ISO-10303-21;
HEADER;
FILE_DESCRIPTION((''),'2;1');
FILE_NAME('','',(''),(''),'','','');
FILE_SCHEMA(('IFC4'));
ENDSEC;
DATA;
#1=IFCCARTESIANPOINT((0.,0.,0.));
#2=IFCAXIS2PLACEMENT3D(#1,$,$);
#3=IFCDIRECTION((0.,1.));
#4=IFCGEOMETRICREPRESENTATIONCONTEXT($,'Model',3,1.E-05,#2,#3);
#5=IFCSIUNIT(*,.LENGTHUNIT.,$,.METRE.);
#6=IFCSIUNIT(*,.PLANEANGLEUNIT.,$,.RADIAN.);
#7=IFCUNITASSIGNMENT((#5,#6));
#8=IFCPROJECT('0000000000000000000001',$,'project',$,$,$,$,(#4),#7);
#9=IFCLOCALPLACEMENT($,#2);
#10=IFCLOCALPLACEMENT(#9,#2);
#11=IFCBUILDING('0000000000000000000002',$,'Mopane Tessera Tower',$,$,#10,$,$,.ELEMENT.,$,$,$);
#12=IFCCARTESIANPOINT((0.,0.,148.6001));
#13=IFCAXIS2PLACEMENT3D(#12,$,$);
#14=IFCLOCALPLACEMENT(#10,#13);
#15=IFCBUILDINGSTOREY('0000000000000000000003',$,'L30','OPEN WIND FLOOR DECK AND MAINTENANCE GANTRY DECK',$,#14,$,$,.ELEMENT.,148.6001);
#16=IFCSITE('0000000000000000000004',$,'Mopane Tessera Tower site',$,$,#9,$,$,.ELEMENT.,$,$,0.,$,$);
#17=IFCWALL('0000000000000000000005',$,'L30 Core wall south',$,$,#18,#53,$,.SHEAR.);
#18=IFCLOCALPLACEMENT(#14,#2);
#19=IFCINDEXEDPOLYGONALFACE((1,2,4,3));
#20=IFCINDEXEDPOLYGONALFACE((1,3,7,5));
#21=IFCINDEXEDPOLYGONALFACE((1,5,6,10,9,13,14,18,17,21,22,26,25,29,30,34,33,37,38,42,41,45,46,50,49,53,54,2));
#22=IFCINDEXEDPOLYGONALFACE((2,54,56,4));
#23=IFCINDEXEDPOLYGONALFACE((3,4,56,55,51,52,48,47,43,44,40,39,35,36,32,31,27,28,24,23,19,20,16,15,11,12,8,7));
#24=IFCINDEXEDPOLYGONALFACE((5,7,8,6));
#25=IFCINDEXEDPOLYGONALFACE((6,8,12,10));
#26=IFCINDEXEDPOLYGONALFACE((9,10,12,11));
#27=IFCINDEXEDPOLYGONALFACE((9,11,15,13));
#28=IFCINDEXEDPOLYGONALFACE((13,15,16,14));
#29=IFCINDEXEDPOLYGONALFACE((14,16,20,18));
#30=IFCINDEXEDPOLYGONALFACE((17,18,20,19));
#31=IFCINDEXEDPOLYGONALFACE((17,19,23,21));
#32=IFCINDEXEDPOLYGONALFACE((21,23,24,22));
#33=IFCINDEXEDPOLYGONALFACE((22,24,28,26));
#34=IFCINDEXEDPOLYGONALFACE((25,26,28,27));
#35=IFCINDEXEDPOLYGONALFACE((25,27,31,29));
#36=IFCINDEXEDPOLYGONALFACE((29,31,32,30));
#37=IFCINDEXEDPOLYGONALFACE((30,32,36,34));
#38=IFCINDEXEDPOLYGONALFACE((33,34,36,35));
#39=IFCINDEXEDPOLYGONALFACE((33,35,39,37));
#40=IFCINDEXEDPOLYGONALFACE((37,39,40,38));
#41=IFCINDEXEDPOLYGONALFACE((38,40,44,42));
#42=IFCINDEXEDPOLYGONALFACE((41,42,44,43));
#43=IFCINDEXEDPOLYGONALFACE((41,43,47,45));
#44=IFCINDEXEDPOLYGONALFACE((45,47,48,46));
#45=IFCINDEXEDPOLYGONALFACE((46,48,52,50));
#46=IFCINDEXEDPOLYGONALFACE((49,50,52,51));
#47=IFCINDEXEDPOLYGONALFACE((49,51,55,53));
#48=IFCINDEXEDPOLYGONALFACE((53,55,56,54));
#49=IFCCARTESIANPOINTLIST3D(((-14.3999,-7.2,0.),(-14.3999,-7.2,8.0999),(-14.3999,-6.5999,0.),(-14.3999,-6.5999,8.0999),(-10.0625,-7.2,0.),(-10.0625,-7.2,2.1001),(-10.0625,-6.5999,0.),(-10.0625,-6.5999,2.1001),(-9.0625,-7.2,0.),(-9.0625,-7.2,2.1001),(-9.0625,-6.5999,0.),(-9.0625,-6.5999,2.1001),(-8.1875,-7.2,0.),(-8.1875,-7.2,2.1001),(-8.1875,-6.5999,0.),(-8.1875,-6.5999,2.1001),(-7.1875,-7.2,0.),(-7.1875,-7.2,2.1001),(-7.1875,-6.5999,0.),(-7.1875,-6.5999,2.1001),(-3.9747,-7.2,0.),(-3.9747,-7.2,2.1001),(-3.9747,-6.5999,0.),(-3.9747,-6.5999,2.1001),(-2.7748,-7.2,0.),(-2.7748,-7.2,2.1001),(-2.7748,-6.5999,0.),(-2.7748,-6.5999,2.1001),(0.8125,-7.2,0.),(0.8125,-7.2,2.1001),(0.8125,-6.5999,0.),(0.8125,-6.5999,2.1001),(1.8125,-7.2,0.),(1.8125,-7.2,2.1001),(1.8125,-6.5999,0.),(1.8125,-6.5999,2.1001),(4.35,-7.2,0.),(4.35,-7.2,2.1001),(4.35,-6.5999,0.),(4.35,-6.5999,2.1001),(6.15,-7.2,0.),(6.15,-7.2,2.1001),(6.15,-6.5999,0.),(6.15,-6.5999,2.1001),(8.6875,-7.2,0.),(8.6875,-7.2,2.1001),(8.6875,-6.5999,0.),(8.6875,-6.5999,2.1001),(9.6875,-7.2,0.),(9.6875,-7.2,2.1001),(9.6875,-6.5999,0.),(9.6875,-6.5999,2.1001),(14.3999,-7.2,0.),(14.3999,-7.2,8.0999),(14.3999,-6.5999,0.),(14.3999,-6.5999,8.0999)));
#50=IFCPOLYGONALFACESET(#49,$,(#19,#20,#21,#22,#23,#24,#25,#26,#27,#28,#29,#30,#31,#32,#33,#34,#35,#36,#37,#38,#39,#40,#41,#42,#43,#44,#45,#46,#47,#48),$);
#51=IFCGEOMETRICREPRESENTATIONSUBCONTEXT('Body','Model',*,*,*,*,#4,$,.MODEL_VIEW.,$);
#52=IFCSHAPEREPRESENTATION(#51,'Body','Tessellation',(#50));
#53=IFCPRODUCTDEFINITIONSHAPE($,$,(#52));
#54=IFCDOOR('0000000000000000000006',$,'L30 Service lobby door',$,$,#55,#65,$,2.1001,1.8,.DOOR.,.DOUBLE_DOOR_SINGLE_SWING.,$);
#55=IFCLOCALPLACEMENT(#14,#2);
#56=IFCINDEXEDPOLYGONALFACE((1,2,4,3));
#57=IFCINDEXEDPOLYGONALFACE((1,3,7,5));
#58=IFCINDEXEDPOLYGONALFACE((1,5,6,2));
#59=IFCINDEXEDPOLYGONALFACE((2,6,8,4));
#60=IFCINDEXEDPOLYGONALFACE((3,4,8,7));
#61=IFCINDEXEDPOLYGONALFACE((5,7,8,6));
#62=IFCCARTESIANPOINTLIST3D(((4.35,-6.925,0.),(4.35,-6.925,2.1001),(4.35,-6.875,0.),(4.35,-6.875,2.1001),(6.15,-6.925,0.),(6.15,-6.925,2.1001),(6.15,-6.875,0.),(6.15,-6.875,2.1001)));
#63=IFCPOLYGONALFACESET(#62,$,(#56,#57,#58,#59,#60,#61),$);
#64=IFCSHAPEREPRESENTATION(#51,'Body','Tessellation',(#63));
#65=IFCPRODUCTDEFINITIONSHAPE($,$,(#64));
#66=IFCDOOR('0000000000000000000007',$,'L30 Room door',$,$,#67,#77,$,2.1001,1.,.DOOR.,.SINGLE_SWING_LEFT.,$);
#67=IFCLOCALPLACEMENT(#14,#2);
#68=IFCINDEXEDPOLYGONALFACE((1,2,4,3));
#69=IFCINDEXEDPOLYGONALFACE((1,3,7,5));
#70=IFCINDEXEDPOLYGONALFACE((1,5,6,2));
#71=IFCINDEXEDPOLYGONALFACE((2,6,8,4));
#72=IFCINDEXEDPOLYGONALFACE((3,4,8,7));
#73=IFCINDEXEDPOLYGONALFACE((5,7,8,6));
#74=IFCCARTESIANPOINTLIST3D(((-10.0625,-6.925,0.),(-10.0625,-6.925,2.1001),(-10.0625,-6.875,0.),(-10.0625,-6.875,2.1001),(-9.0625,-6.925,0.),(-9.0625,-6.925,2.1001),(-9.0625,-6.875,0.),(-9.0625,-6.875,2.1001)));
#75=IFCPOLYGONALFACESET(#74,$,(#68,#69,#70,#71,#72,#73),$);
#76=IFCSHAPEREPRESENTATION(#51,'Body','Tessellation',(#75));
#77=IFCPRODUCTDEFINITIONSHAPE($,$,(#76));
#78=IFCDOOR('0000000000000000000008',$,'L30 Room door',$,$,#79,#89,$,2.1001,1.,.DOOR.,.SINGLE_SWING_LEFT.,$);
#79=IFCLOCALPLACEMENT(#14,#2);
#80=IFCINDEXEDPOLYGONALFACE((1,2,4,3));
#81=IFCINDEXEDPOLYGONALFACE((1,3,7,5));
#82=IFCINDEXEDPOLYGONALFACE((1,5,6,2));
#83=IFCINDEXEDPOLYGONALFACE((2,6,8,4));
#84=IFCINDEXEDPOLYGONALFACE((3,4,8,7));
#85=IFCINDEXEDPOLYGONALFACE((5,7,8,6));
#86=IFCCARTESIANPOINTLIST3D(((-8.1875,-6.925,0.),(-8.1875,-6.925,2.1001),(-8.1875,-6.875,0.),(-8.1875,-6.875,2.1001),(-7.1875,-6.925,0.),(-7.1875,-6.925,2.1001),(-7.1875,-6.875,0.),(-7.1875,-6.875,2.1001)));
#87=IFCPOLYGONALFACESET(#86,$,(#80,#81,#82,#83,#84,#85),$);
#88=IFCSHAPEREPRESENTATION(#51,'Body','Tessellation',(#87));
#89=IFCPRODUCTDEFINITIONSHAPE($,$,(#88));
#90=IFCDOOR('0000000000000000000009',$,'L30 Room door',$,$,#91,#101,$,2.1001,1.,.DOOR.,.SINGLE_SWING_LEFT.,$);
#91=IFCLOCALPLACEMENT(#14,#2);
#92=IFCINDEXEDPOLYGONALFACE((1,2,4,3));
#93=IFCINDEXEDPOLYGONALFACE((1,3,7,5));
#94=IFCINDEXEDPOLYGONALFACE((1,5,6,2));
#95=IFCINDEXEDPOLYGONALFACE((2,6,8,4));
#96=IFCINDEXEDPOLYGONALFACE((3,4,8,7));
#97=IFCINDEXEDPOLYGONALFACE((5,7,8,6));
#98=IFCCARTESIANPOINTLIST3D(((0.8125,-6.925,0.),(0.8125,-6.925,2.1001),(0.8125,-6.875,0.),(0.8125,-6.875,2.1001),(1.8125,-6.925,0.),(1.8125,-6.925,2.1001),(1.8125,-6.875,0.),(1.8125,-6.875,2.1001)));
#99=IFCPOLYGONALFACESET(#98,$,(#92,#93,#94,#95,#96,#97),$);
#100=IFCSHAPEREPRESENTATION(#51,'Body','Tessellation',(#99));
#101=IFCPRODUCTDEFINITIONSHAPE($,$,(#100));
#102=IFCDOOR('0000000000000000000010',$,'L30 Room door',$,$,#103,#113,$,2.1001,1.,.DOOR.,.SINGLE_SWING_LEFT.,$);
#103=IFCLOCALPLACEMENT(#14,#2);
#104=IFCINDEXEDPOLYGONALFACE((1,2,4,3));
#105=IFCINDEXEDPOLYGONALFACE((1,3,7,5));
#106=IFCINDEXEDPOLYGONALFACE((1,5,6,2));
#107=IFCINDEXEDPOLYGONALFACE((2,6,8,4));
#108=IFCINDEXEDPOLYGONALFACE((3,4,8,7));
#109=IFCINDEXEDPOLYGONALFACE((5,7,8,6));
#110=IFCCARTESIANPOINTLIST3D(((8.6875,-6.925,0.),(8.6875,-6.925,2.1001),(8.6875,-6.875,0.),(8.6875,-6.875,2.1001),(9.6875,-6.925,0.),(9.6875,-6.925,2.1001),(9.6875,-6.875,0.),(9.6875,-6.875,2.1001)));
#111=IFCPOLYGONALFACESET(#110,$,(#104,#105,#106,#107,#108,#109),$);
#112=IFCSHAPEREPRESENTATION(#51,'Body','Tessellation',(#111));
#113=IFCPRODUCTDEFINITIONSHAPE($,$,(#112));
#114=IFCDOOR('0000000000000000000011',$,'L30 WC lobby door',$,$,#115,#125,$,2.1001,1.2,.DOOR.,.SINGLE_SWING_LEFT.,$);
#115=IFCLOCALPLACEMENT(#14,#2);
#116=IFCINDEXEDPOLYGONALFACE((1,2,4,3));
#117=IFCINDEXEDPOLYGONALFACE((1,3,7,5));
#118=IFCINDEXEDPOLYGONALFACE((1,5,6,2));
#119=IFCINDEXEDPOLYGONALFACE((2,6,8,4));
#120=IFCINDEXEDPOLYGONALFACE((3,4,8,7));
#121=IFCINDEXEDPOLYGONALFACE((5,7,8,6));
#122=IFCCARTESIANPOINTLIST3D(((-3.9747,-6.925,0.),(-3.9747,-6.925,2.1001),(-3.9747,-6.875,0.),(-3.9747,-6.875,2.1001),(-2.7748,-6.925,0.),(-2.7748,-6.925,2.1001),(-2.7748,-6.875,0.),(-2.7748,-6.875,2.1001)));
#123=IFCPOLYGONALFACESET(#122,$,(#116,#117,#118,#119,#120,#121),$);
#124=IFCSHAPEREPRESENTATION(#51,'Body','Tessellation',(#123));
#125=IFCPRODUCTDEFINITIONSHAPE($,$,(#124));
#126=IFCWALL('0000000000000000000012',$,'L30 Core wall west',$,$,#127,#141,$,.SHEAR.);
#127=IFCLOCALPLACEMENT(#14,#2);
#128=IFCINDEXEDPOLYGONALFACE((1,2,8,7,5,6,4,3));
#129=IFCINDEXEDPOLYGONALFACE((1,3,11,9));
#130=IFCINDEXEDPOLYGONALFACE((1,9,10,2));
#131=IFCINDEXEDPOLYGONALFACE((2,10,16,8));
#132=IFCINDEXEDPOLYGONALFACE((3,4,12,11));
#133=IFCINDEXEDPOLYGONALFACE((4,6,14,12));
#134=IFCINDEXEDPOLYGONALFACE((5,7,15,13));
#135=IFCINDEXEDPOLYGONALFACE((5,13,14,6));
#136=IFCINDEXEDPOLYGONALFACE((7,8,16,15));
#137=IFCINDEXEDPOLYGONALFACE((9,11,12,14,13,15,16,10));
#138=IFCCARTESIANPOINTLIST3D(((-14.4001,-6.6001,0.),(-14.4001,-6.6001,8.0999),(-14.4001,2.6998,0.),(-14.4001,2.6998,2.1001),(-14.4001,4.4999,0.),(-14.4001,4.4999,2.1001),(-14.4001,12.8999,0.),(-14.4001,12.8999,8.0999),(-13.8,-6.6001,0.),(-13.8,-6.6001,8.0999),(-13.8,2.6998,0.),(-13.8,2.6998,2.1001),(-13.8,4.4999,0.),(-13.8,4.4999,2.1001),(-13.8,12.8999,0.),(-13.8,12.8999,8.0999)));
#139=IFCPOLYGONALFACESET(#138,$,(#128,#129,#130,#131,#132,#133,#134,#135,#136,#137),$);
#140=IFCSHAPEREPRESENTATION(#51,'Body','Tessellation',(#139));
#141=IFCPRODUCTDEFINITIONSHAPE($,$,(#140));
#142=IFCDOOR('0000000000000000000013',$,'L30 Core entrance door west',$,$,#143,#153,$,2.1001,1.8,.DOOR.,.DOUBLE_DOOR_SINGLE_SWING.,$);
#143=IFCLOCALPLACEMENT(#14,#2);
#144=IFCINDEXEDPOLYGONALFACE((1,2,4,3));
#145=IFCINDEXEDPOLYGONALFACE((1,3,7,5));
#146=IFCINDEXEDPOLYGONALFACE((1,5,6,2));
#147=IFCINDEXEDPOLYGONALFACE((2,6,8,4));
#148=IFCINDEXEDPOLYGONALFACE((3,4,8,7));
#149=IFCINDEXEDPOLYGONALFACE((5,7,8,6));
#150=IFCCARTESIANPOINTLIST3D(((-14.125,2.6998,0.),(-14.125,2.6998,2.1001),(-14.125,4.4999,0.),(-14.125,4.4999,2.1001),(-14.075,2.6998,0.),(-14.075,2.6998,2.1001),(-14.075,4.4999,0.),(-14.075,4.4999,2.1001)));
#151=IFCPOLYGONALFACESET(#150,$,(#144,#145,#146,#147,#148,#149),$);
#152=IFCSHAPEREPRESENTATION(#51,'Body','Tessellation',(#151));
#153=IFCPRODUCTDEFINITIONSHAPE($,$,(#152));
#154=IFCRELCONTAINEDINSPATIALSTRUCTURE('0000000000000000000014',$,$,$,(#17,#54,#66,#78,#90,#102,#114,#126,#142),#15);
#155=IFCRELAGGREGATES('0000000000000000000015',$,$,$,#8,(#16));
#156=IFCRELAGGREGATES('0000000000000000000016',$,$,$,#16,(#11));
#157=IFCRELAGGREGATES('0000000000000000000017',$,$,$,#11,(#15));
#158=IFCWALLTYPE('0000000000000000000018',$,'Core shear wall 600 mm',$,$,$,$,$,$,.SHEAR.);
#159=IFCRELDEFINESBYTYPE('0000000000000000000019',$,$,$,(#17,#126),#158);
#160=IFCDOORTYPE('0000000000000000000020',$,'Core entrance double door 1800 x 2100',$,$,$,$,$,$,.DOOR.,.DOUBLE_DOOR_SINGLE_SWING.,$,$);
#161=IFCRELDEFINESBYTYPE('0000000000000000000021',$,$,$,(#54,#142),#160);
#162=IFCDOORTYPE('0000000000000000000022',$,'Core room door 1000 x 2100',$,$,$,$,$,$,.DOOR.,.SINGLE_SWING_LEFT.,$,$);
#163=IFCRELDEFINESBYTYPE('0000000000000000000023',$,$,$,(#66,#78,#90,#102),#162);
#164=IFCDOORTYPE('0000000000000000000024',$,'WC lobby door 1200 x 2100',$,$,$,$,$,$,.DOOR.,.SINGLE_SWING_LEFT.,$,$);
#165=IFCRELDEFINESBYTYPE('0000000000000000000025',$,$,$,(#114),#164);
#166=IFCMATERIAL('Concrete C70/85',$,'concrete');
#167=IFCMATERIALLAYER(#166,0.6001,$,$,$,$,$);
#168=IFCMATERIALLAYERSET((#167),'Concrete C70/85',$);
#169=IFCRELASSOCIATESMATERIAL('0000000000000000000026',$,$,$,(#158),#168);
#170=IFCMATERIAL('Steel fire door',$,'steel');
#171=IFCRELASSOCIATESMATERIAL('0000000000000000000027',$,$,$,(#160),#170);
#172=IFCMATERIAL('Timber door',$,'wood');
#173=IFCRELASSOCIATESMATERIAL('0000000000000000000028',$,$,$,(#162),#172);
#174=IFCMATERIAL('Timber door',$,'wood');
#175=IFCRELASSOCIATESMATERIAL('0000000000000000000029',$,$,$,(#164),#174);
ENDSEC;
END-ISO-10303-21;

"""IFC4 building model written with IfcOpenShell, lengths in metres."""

from ifc_helpers import new_model, si_unit, direction, frame, frame_2d, origin, place, context, subcontext, project, spatial, rectangle, extrude, material, layer, layer_set, type_object, element, fill, save


model = new_model("IFC4")

# Units and contexts
model_context = context("Model", 3, precision=1e-05, world=origin(), true_north=direction((0.0, 1.0)))
body_context = subcontext(model_context, "Body", "Model", "MODEL_VIEW")
ifc_project = project(units=[si_unit("LENGTHUNIT", "METRE"), si_unit("PLANEANGLEUNIT", "RADIAN")], contexts=[model_context])

# Site, building, storey
site_placement = place(None, origin())
site = spatial("IfcSite", under=ifc_project, at=site_placement, Name="Mopane Tessera Tower site", CompositionType="ELEMENT", RefElevation=0.0)
building_placement = place(site_placement, origin())
building = spatial("IfcBuilding", under=site, at=building_placement, Name="Mopane Tessera Tower", CompositionType="ELEMENT")
storey_placement = place(building_placement, frame((0.0, 0.0, 148.6001)))
storey = spatial("IfcBuildingStorey", under=building, at=storey_placement, Name="L30", Description="OPEN WIND FLOOR DECK AND MAINTENANCE GANTRY DECK", CompositionType="ELEMENT", Elevation=148.6001)

# Wall, openings, doors
ifc_material_1 = material(Name="Concrete C70/85", Category="concrete")
ifc_layer_1 = layer(ifc_material_1, 0.6001)
ifc_layer_set_1 = layer_set([ifc_layer_1], Name="Concrete C70/85")
wall_type = type_object("IfcWallType", Name="Core shear wall 600 mm", PredefinedType="SHEAR", material=ifc_layer_set_1)
wall_1_placement = place(storey_placement, frame((-14.3999, -6.8999, 0.0), z_axis=(0.0, 0.0, 1.0), x_axis=(1.0, 0.0, 0.0)))
wall_1 = element("IfcWall", 1, at=wall_1_placement, inside=storey, type_object=wall_type, Name="L30 Core wall south", PredefinedType="SHEAR", context=body_context, shape_type="SweptSolid", body=[
    extrude(rectangle(XDim=28.7998, YDim=0.6001, at=frame_2d((14.3999, 0.0))), origin(), (0.0, 0.0, 1.0), 8.0999),
])
opening_1_placement = place(wall_1_placement, frame((4.3374, 0.0, 0.0)))
opening_1 = element("IfcOpeningElement", 2, at=opening_1_placement, cuts=wall_1, PredefinedType="OPENING", context=body_context, shape_type="SweptSolid", body=[
    extrude(rectangle(XDim=1.0, YDim=2.1001, at=frame_2d((0.5, 1.05))), frame((0.0, 0.312, 0.0), z_axis=(0.0, -1.0, 0.0), x_axis=(1.0, 0.0, 0.0)), (0.0, 0.0, 1.0), 0.624),
])
opening_2_placement = place(wall_1_placement, frame((6.2124, 0.0, 0.0)))
opening_2 = element("IfcOpeningElement", 3, at=opening_2_placement, cuts=wall_1, PredefinedType="OPENING", context=body_context, shape_type="SweptSolid", body=[
    extrude(rectangle(XDim=1.0, YDim=2.1001, at=frame_2d((0.5, 1.05))), frame((0.0, 0.312, 0.0), z_axis=(0.0, -1.0, 0.0), x_axis=(1.0, 0.0, 0.0)), (0.0, 0.0, 1.0), 0.624),
])
opening_3_placement = place(wall_1_placement, frame((10.425, 0.0, 0.0)))
opening_3 = element("IfcOpeningElement", 4, at=opening_3_placement, cuts=wall_1, PredefinedType="OPENING", context=body_context, shape_type="SweptSolid", body=[
    extrude(rectangle(XDim=1.2, YDim=2.1001, at=frame_2d((0.6001, 1.05))), frame((0.0, 0.312, 0.0), z_axis=(0.0, -1.0, 0.0), x_axis=(1.0, 0.0, 0.0)), (0.0, 0.0, 1.0), 0.624),
])
opening_4_placement = place(wall_1_placement, frame((15.2124, 0.0, 0.0)))
opening_4 = element("IfcOpeningElement", 5, at=opening_4_placement, cuts=wall_1, PredefinedType="OPENING", context=body_context, shape_type="SweptSolid", body=[
    extrude(rectangle(XDim=1.0, YDim=2.1001, at=frame_2d((0.5, 1.05))), frame((0.0, 0.312, 0.0), z_axis=(0.0, -1.0, 0.0), x_axis=(1.0, 0.0, 0.0)), (0.0, 0.0, 1.0), 0.624),
])
opening_5_placement = place(wall_1_placement, frame((18.75, 0.0, 0.0)))
opening_5 = element("IfcOpeningElement", 6, at=opening_5_placement, cuts=wall_1, PredefinedType="OPENING", context=body_context, shape_type="SweptSolid", body=[
    extrude(rectangle(XDim=1.8, YDim=2.1001, at=frame_2d((0.8999, 1.05))), frame((0.0, 0.312, 0.0), z_axis=(0.0, -1.0, 0.0), x_axis=(1.0, 0.0, 0.0)), (0.0, 0.0, 1.0), 0.624),
])
opening_6_placement = place(wall_1_placement, frame((23.0874, 0.0, 0.0)))
opening_6 = element("IfcOpeningElement", 7, at=opening_6_placement, cuts=wall_1, PredefinedType="OPENING", context=body_context, shape_type="SweptSolid", body=[
    extrude(rectangle(XDim=1.0, YDim=2.1001, at=frame_2d((0.5, 1.05))), frame((0.0, 0.312, 0.0), z_axis=(0.0, -1.0, 0.0), x_axis=(1.0, 0.0, 0.0)), (0.0, 0.0, 1.0), 0.624),
])
ifc_material_2 = material(Name="Steel fire door", Category="steel")
door_type_1 = type_object("IfcDoorType", Name="Core entrance double door 1800 x 2100", OperationType="DOUBLE_DOOR_SINGLE_SWING", PredefinedType="DOOR", material=ifc_material_2)
door_1_placement = place(opening_5_placement, origin())
door_1 = element("IfcDoor", 8, at=door_1_placement, inside=storey, type_object=door_type_1, Name="L30 Service lobby door", OperationType="DOUBLE_DOOR_SINGLE_SWING", OverallHeight=2.1001, OverallWidth=1.8, PredefinedType="DOOR", context=body_context, shape_type="SweptSolid", body=[
    extrude(rectangle(XDim=1.8, YDim=2.1001, at=frame_2d((0.8999, 1.05))), frame((0.0, 0.0249, 0.0), z_axis=(0.0, -1.0, 0.0), x_axis=(1.0, 0.0, 0.0)), (0.0, 0.0, 1.0), 0.05),
])
fill(opening_5, door_1)
ifc_material_3 = material(Name="Timber door", Category="wood")
door_type_2 = type_object("IfcDoorType", Name="Core room door 1000 x 2100", OperationType="SINGLE_SWING_LEFT", PredefinedType="DOOR", material=ifc_material_3)
door_2_placement = place(opening_1_placement, origin())
door_2 = element("IfcDoor", 9, at=door_2_placement, inside=storey, type_object=door_type_2, Name="L30 Room door", OperationType="SINGLE_SWING_LEFT", OverallHeight=2.1001, OverallWidth=1.0, PredefinedType="DOOR", context=body_context, shape_type="SweptSolid", body=[
    extrude(rectangle(XDim=1.0, YDim=2.1001, at=frame_2d((0.5, 1.05))), frame((0.0, 0.0249, 0.0), z_axis=(0.0, -1.0, 0.0), x_axis=(1.0, 0.0, 0.0)), (0.0, 0.0, 1.0), 0.05),
])
fill(opening_1, door_2)
door_3_placement = place(opening_2_placement, origin())
door_3 = element("IfcDoor", 10, at=door_3_placement, inside=storey, type_object=door_type_2, Name="L30 Room door", OperationType="SINGLE_SWING_LEFT", OverallHeight=2.1001, OverallWidth=1.0, PredefinedType="DOOR", context=body_context, shape_type="SweptSolid", body=[
    extrude(rectangle(XDim=1.0, YDim=2.1001, at=frame_2d((0.5, 1.05))), frame((0.0, 0.0249, 0.0), z_axis=(0.0, -1.0, 0.0), x_axis=(1.0, 0.0, 0.0)), (0.0, 0.0, 1.0), 0.05),
])
fill(opening_2, door_3)
door_4_placement = place(opening_4_placement, origin())
door_4 = element("IfcDoor", 11, at=door_4_placement, inside=storey, type_object=door_type_2, Name="L30 Room door", OperationType="SINGLE_SWING_LEFT", OverallHeight=2.1001, OverallWidth=1.0, PredefinedType="DOOR", context=body_context, shape_type="SweptSolid", body=[
    extrude(rectangle(XDim=1.0, YDim=2.1001, at=frame_2d((0.5, 1.05))), frame((0.0, 0.0249, 0.0), z_axis=(0.0, -1.0, 0.0), x_axis=(1.0, 0.0, 0.0)), (0.0, 0.0, 1.0), 0.05),
])
fill(opening_4, door_4)
door_5_placement = place(opening_6_placement, origin())
door_5 = element("IfcDoor", 12, at=door_5_placement, inside=storey, type_object=door_type_2, Name="L30 Room door", OperationType="SINGLE_SWING_LEFT", OverallHeight=2.1001, OverallWidth=1.0, PredefinedType="DOOR", context=body_context, shape_type="SweptSolid", body=[
    extrude(rectangle(XDim=1.0, YDim=2.1001, at=frame_2d((0.5, 1.05))), frame((0.0, 0.0249, 0.0), z_axis=(0.0, -1.0, 0.0), x_axis=(1.0, 0.0, 0.0)), (0.0, 0.0, 1.0), 0.05),
])
fill(opening_6, door_5)
ifc_material_4 = material(Name="Timber door", Category="wood")
door_type_3 = type_object("IfcDoorType", Name="WC lobby door 1200 x 2100", OperationType="SINGLE_SWING_LEFT", PredefinedType="DOOR", material=ifc_material_4)
door_6_placement = place(opening_3_placement, origin())
door_6 = element("IfcDoor", 13, at=door_6_placement, inside=storey, type_object=door_type_3, Name="L30 WC lobby door", OperationType="SINGLE_SWING_LEFT", OverallHeight=2.1001, OverallWidth=1.2, PredefinedType="DOOR", context=body_context, shape_type="SweptSolid", body=[
    extrude(rectangle(XDim=1.2, YDim=2.1001, at=frame_2d((0.6001, 1.05))), frame((0.0, 0.0249, 0.0), z_axis=(0.0, -1.0, 0.0), x_axis=(1.0, 0.0, 0.0)), (0.0, 0.0, 1.0), 0.05),
])
fill(opening_3, door_6)

# Wall, opening, door
wall_2_placement = place(storey_placement, frame((-14.1001, -6.6001, 0.0), z_axis=(0.0, 0.0, 1.0), x_axis=(0.0, 1.0, 0.0)))
wall_2 = element("IfcWall", 14, at=wall_2_placement, inside=storey, type_object=wall_type, Name="L30 Core wall west", PredefinedType="SHEAR", context=body_context, shape_type="SweptSolid", body=[
    extrude(rectangle(XDim=19.5, YDim=0.6001, at=frame_2d((9.75, 0.0))), origin(), (0.0, 0.0, 1.0), 8.0999),
])
opening_7_placement = place(wall_2_placement, frame((9.3, 0.0, 0.0)))
opening_7 = element("IfcOpeningElement", 15, at=opening_7_placement, cuts=wall_2, PredefinedType="OPENING", context=body_context, shape_type="SweptSolid", body=[
    extrude(rectangle(XDim=1.8, YDim=2.1001, at=frame_2d((0.8999, 1.05))), frame((0.0, 0.312, 0.0), z_axis=(0.0, -1.0, 0.0), x_axis=(1.0, 0.0, 0.0)), (0.0, 0.0, 1.0), 0.624),
])
door_7_placement = place(opening_7_placement, origin())
door_7 = element("IfcDoor", 16, at=door_7_placement, inside=storey, type_object=door_type_1, Name="L30 Core entrance door west", OperationType="DOUBLE_DOOR_SINGLE_SWING", OverallHeight=2.1001, OverallWidth=1.8, PredefinedType="DOOR", context=body_context, shape_type="SweptSolid", body=[
    extrude(rectangle(XDim=1.8, YDim=2.1001, at=frame_2d((0.8999, 1.05))), frame((0.0, 0.0249, 0.0), z_axis=(0.0, -1.0, 0.0), x_axis=(1.0, 0.0, 0.0)), (0.0, 0.0, 1.0), 0.05),
])
fill(opening_7, door_7)

save(model, "model.ifc")
